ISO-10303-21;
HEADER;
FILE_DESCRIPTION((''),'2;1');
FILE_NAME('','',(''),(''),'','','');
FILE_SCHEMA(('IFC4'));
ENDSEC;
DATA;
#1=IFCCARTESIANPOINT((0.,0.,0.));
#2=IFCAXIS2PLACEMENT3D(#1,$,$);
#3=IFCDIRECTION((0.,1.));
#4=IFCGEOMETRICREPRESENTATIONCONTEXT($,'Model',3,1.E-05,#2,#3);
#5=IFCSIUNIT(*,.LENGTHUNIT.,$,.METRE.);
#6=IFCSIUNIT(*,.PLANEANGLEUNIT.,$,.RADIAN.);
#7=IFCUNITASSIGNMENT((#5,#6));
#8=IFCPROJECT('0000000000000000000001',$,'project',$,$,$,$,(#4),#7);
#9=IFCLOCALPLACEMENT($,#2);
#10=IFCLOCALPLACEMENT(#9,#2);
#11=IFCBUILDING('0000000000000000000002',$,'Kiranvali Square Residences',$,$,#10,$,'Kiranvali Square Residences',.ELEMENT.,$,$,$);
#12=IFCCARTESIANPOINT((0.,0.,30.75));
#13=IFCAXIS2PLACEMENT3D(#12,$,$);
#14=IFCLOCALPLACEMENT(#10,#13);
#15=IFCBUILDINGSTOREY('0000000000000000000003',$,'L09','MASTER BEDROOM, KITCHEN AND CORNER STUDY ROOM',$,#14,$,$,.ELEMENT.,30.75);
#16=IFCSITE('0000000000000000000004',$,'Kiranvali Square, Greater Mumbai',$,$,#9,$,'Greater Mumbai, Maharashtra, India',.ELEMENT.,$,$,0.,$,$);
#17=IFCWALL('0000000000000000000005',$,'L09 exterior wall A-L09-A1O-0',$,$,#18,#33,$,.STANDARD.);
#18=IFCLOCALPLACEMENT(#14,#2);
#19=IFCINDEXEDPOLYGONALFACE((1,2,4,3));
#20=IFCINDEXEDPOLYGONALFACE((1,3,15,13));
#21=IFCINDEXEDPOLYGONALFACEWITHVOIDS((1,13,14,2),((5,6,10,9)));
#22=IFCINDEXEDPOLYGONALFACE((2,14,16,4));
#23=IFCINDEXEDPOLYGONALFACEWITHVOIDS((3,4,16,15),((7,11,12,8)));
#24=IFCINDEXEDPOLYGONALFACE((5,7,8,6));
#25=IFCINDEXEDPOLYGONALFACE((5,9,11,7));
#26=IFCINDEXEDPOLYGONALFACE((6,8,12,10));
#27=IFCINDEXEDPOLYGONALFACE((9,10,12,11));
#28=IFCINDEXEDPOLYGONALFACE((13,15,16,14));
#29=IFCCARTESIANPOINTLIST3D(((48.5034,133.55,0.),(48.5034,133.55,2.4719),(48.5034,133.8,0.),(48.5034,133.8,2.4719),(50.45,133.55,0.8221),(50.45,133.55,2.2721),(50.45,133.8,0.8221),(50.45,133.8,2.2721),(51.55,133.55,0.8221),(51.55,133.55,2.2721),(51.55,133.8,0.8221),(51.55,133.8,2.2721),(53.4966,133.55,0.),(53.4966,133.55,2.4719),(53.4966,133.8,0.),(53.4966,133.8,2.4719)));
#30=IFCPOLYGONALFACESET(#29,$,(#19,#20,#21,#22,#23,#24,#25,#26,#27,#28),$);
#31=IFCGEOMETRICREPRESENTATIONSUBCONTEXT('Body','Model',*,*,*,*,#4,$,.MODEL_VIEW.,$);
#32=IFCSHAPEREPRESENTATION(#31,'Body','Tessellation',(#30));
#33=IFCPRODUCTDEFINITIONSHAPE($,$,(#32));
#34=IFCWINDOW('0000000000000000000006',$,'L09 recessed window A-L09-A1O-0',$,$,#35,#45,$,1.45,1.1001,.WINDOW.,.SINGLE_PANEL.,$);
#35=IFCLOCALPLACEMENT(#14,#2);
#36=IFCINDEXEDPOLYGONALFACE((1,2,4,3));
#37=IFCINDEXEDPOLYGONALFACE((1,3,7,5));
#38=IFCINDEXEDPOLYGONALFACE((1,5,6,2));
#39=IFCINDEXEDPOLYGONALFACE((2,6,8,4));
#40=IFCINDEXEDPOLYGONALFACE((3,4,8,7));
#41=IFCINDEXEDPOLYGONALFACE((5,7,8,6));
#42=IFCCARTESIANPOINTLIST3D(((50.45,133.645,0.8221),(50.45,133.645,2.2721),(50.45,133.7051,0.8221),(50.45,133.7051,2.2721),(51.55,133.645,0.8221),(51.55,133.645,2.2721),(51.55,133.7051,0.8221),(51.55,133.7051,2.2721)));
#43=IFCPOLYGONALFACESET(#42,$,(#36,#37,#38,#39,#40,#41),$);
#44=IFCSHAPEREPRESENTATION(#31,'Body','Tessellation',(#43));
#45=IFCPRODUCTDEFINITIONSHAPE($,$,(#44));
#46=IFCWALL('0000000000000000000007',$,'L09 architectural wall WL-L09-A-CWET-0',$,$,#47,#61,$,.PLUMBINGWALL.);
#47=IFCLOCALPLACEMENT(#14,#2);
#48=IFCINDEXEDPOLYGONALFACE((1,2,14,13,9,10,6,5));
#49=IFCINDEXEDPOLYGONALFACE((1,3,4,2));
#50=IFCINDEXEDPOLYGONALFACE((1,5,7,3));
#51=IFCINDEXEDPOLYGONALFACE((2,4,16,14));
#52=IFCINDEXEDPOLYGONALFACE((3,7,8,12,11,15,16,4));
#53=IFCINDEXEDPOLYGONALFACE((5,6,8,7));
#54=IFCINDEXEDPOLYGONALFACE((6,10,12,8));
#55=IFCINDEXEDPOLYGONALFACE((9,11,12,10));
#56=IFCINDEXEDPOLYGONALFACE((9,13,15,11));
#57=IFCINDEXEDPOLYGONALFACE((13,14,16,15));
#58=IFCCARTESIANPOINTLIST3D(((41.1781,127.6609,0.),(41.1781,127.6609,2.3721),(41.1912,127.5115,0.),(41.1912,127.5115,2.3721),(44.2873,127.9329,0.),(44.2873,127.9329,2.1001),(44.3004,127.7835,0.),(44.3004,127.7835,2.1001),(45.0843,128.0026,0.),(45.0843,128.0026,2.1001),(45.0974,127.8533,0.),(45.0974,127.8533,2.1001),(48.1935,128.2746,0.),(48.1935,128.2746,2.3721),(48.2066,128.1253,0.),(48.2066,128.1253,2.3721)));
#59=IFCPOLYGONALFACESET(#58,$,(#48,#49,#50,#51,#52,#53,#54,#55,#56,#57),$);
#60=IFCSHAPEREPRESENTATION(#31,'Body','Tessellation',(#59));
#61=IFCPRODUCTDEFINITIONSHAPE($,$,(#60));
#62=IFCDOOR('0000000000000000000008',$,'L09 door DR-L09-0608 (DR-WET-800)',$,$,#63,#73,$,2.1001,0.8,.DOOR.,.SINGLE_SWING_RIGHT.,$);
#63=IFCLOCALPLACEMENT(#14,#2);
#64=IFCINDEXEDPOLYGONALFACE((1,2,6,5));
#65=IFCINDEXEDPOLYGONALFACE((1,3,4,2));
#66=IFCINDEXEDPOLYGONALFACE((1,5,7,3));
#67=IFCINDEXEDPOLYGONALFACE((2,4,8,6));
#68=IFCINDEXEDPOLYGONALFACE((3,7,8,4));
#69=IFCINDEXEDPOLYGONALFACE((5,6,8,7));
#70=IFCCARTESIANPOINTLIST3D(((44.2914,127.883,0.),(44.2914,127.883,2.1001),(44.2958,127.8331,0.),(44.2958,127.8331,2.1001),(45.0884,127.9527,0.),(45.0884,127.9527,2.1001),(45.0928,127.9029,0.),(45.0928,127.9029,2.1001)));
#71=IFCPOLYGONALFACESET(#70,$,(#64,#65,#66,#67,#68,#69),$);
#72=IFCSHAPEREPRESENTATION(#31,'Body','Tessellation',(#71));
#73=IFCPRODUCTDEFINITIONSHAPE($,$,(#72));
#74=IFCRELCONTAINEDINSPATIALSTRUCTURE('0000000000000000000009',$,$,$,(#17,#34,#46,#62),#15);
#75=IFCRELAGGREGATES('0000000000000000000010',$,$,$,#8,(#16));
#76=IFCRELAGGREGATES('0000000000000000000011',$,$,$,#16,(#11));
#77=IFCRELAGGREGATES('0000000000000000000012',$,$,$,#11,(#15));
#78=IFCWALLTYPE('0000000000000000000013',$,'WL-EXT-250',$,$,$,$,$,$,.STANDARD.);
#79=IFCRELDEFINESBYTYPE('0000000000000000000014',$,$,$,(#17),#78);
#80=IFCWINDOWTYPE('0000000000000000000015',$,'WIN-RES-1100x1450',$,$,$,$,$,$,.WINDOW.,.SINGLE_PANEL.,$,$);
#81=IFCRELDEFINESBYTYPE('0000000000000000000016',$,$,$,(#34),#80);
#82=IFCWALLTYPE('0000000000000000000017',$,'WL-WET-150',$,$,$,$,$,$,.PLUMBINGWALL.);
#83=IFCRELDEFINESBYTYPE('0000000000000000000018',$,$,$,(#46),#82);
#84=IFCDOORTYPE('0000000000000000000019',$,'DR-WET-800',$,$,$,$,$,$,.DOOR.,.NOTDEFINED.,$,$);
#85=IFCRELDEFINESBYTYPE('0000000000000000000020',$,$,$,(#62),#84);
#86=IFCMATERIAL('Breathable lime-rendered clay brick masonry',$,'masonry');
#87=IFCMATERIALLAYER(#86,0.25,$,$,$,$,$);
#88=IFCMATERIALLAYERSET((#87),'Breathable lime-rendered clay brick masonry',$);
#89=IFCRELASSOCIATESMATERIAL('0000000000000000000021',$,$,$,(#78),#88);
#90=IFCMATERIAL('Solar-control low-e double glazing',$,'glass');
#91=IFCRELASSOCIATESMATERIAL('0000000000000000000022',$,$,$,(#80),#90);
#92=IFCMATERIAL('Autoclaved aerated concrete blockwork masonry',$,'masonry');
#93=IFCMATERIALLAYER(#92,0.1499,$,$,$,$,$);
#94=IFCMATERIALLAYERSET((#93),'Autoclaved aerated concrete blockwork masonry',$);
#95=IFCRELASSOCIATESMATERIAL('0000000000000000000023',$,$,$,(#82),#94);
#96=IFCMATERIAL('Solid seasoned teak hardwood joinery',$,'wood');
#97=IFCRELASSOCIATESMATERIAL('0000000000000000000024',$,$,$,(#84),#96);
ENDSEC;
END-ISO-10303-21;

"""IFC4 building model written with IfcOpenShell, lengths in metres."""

from ifc_helpers import new_model, si_unit, direction, frame, frame_2d, origin, place, context, subcontext, project, spatial, rectangle, extrude, material, layer, layer_set, type_object, element, fill, save


model = new_model("IFC4")

# Units and contexts
model_context = context("Model", 3, precision=1e-05, world=origin(), true_north=direction((0.0, 1.0)))
body_context = subcontext(model_context, "Body", "Model", "MODEL_VIEW")
ifc_project = project(units=[si_unit("LENGTHUNIT", "METRE"), si_unit("PLANEANGLEUNIT", "RADIAN")], contexts=[model_context])

# Site, building, storey
site_placement = place(None, origin())
site = spatial("IfcSite", under=ifc_project, at=site_placement, Name="Kiranvali Square, Greater Mumbai", LongName="Greater Mumbai, Maharashtra, India", CompositionType="ELEMENT", RefElevation=0.0)
building_placement = place(site_placement, origin())
building = spatial("IfcBuilding", under=site, at=building_placement, Name="Kiranvali Square Residences", LongName="Kiranvali Square Residences", CompositionType="ELEMENT")
storey_placement = place(building_placement, frame((0.0, 0.0, 30.75)))
storey = spatial("IfcBuildingStorey", under=building, at=storey_placement, Name="L09", Description="MASTER BEDROOM, KITCHEN AND CORNER STUDY ROOM", CompositionType="ELEMENT", Elevation=30.75)

# Wall, opening, window
ifc_material_1 = material(Name="Breathable lime-rendered clay brick masonry", Category="masonry")
ifc_layer_1 = layer(ifc_material_1, 0.25)
ifc_layer_set_1 = layer_set([ifc_layer_1], Name="Breathable lime-rendered clay brick masonry")
wall_type_1 = type_object("IfcWallType", Name="WL-EXT-250", PredefinedType="STANDARD", material=ifc_layer_set_1)
wall_1_placement = place(storey_placement, frame((48.5034, 133.675, 0.0), z_axis=(0.0, 0.0, 1.0), x_axis=(1.0, 0.0, 0.0)))
wall_1 = element("IfcWall", 1, at=wall_1_placement, inside=storey, type_object=wall_type_1, Name="L09 exterior wall A-L09-A1O-0", PredefinedType="STANDARD", context=body_context, shape_type="SweptSolid", body=[
    extrude(rectangle(XDim=4.9932, YDim=0.25, at=frame_2d((2.4966, 0.0))), origin(), (0.0, 0.0, 1.0), 2.4719),
])
opening_1_placement = place(wall_1_placement, frame((1.9465, 0.0, 0.822)))
opening_1 = element("IfcOpeningElement", 2, at=opening_1_placement, cuts=wall_1, PredefinedType="OPENING", context=body_context, shape_type="SweptSolid", body=[
    extrude(rectangle(XDim=1.1001, YDim=1.45, at=frame_2d((0.55, 0.7251))), frame((0.0, 0.135, 0.0), z_axis=(0.0, -1.0, 0.0), x_axis=(1.0, 0.0, 0.0)), (0.0, 0.0, 1.0), 0.27),
])
ifc_material_2 = material(Name="Solar-control low-e double glazing", Category="glass")
window_type = type_object("IfcWindowType", Name="WIN-RES-1100x1450", PartitioningType="SINGLE_PANEL", PredefinedType="WINDOW", material=ifc_material_2)
window_placement = place(opening_1_placement, origin())
window = element("IfcWindow", 3, at=window_placement, inside=storey, type_object=window_type, Name="L09 recessed window A-L09-A1O-0", OverallHeight=1.45, OverallWidth=1.1001, PartitioningType="SINGLE_PANEL", PredefinedType="WINDOW", context=body_context, shape_type="SweptSolid", body=[
    extrude(rectangle(XDim=1.1001, YDim=1.45, at=frame_2d((0.55, 0.7251))), frame((0.0, 0.03, 0.0), z_axis=(0.0, -1.0, 0.0), x_axis=(1.0, 0.0, 0.0)), (0.0, 0.0, 1.0), 0.0601),
])
fill(opening_1, window)

# Wall, opening, door
ifc_material_3 = material(Name="Autoclaved aerated concrete blockwork masonry", Category="masonry")
ifc_layer_2 = layer(ifc_material_3, 0.1499)
ifc_layer_set_2 = layer_set([ifc_layer_2], Name="Autoclaved aerated concrete blockwork masonry")
wall_type_2 = type_object("IfcWallType", Name="WL-WET-150", PredefinedType="PLUMBINGWALL", material=ifc_layer_set_2)
wall_2_placement = place(storey_placement, frame((48.2, 128.2, 0.0), z_axis=(0.0, 0.0, 1.0), x_axis=(-0.996195, -0.087156, 0.0)))
wall_2 = element("IfcWall", 4, at=wall_2_placement, inside=storey, type_object=wall_type_2, Name="L09 architectural wall WL-L09-A-CWET-0", PredefinedType="PLUMBINGWALL", context=body_context, shape_type="SweptSolid", body=[
    extrude(rectangle(XDim=7.0422, YDim=0.1499, at=frame_2d((3.521, 0.0))), origin(), (0.0, 0.0, 1.0), 2.3721),
])
opening_2_placement = place(wall_2_placement, frame((3.1211, 0.0, 0.0)))
opening_2 = element("IfcOpeningElement", 5, at=opening_2_placement, cuts=wall_2, PredefinedType="OPENING", context=body_context, shape_type="SweptSolid", body=[
    extrude(rectangle(XDim=0.8, YDim=2.1001, at=frame_2d((0.3999, 1.05))), frame((0.0, 0.085, 0.0), z_axis=(0.0, -1.0, 0.0), x_axis=(1.0, 0.0, 0.0)), (0.0, 0.0, 1.0), 0.1699),
])
ifc_material_4 = material(Name="Solid seasoned teak hardwood joinery", Category="wood")
door_type = type_object("IfcDoorType", Name="DR-WET-800", OperationType="NOTDEFINED", PredefinedType="DOOR", material=ifc_material_4)
door_placement = place(opening_2_placement, frame((0.8, 0.0, 0.0), z_axis=(0.0, 0.0, 1.0), x_axis=(-1.0, 0.0, 0.0)))
door = element("IfcDoor", 6, at=door_placement, inside=storey, type_object=door_type, Name="L09 door DR-L09-0608 (DR-WET-800)", OperationType="SINGLE_SWING_RIGHT", OverallHeight=2.1001, OverallWidth=0.8, PredefinedType="DOOR", context=body_context, shape_type="SweptSolid", body=[
    extrude(rectangle(XDim=0.8, YDim=2.1001, at=frame_2d((0.3999, 1.05))), frame((0.0, 0.0249, 0.0), z_axis=(0.0, -1.0, 0.0), x_axis=(1.0, 0.0, 0.0)), (0.0, 0.0, 1.0), 0.05),
])
fill(opening_2, door)

save(model, "model.ifc")
